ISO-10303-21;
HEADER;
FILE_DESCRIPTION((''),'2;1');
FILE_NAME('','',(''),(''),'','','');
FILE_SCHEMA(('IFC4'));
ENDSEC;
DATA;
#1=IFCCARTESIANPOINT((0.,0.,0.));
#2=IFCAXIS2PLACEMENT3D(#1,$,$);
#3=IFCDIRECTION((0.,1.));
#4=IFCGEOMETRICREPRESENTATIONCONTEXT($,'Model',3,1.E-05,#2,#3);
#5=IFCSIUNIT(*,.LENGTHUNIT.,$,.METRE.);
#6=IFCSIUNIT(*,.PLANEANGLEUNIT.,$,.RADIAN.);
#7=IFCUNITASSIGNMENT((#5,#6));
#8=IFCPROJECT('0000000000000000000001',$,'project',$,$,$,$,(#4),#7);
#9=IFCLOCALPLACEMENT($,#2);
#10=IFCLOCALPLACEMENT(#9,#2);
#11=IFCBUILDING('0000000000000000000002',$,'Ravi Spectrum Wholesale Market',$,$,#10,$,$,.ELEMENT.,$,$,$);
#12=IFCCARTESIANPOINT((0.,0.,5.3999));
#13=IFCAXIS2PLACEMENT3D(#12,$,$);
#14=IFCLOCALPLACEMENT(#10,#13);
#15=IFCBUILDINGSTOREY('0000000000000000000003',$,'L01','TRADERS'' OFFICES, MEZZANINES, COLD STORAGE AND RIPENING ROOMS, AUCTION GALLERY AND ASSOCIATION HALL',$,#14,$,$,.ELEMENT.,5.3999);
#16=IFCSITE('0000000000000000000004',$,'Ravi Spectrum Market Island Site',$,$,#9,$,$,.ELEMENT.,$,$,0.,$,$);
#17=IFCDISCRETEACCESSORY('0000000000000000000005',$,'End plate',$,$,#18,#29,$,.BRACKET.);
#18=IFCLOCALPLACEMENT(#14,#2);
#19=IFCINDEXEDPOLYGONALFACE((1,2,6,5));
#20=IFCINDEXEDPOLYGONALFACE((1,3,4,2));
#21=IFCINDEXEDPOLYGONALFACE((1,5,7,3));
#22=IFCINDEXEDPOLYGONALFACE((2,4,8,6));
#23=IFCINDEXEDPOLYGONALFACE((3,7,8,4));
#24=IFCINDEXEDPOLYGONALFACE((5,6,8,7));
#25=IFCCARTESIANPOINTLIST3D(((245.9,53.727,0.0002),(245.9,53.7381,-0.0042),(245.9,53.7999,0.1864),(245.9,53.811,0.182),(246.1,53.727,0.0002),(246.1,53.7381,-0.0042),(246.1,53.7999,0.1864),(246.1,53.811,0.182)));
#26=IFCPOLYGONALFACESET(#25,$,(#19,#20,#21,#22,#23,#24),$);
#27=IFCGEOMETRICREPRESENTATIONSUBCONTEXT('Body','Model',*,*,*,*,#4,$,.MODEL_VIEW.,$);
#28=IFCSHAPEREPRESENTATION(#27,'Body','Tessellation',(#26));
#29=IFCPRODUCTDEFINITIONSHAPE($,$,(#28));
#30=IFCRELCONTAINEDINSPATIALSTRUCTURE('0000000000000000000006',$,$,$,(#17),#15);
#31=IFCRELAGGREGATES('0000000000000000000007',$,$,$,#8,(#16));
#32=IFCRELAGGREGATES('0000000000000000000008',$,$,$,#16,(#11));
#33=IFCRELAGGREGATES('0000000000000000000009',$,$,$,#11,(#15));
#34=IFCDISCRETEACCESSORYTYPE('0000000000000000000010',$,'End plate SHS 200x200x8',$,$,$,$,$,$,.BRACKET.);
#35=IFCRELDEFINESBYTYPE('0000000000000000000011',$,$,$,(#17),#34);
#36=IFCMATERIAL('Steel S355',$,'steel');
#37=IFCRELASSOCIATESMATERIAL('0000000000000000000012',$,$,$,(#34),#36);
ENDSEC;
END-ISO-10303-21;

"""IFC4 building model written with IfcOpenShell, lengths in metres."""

from ifc_helpers import new_model, si_unit, direction, frame, origin, origin_2d, place, context, subcontext, project, spatial, rectangle, extrude, material, material_profile, profile_set, type_object, element, save


model = new_model("IFC4")

# Units and contexts
model_context = context("Model", 3, precision=1e-05, world=origin(), true_north=direction((0.0, 1.0)))
body_context = subcontext(model_context, "Body", "Model", "MODEL_VIEW")
ifc_project = project(units=[si_unit("LENGTHUNIT", "METRE"), si_unit("PLANEANGLEUNIT", "RADIAN")], contexts=[model_context])

# Site, building, storey
site_placement = place(None, origin())
site = spatial("IfcSite", under=ifc_project, at=site_placement, Name="Ravi Spectrum Market Island Site", CompositionType="ELEMENT", RefElevation=0.0)
building_placement = place(site_placement, origin())
building = spatial("IfcBuilding", under=site, at=building_placement, Name="Ravi Spectrum Wholesale Market", CompositionType="ELEMENT")
storey_placement = place(building_placement, frame((0.0, 0.0, 5.3999)))
storey = spatial("IfcBuildingStorey", under=building, at=storey_placement, Name="L01", Description="TRADERS' OFFICES, MEZZANINES, COLD STORAGE AND RIPENING ROOMS, AUCTION GALLERY AND ASSOCIATION HALL", CompositionType="ELEMENT", Elevation=5.3999)

# Discrete accessory
ifc_material_1 = material(Name="Steel S355", Category="steel")
ifc_material_profile_1 = material_profile(ifc_material_1, rectangle(XDim=0.2, YDim=0.2, at=origin_2d()))
ifc_profile_set_1 = profile_set([ifc_material_profile_1], Name="Steel S355")
discrete_accessory_type = type_object("IfcDiscreteAccessoryType", Name="End plate SHS 200x200x8", PredefinedType="BRACKET", material=ifc_profile_set_1)
for number, where, z_axis, x_axis, name in (
    (1, (246.0, 53.7634, 0.0933), (0.0, 0.931243, -0.364399), (-1.0, 0.0, 0.0), "End plate"),
):
    element("IfcDiscreteAccessory", number, at=place(storey_placement, frame(where, z_axis=z_axis, x_axis=x_axis)), inside=storey, type_object=discrete_accessory_type, Name=name, PredefinedType="BRACKET", context=body_context, shape_type="SweptSolid", body=[
        extrude(rectangle(XDim=0.2, YDim=0.2, at=origin_2d()), origin(), (0.0, 0.0, 1.0), 0.012),
    ])

save(model, "model.ifc")
